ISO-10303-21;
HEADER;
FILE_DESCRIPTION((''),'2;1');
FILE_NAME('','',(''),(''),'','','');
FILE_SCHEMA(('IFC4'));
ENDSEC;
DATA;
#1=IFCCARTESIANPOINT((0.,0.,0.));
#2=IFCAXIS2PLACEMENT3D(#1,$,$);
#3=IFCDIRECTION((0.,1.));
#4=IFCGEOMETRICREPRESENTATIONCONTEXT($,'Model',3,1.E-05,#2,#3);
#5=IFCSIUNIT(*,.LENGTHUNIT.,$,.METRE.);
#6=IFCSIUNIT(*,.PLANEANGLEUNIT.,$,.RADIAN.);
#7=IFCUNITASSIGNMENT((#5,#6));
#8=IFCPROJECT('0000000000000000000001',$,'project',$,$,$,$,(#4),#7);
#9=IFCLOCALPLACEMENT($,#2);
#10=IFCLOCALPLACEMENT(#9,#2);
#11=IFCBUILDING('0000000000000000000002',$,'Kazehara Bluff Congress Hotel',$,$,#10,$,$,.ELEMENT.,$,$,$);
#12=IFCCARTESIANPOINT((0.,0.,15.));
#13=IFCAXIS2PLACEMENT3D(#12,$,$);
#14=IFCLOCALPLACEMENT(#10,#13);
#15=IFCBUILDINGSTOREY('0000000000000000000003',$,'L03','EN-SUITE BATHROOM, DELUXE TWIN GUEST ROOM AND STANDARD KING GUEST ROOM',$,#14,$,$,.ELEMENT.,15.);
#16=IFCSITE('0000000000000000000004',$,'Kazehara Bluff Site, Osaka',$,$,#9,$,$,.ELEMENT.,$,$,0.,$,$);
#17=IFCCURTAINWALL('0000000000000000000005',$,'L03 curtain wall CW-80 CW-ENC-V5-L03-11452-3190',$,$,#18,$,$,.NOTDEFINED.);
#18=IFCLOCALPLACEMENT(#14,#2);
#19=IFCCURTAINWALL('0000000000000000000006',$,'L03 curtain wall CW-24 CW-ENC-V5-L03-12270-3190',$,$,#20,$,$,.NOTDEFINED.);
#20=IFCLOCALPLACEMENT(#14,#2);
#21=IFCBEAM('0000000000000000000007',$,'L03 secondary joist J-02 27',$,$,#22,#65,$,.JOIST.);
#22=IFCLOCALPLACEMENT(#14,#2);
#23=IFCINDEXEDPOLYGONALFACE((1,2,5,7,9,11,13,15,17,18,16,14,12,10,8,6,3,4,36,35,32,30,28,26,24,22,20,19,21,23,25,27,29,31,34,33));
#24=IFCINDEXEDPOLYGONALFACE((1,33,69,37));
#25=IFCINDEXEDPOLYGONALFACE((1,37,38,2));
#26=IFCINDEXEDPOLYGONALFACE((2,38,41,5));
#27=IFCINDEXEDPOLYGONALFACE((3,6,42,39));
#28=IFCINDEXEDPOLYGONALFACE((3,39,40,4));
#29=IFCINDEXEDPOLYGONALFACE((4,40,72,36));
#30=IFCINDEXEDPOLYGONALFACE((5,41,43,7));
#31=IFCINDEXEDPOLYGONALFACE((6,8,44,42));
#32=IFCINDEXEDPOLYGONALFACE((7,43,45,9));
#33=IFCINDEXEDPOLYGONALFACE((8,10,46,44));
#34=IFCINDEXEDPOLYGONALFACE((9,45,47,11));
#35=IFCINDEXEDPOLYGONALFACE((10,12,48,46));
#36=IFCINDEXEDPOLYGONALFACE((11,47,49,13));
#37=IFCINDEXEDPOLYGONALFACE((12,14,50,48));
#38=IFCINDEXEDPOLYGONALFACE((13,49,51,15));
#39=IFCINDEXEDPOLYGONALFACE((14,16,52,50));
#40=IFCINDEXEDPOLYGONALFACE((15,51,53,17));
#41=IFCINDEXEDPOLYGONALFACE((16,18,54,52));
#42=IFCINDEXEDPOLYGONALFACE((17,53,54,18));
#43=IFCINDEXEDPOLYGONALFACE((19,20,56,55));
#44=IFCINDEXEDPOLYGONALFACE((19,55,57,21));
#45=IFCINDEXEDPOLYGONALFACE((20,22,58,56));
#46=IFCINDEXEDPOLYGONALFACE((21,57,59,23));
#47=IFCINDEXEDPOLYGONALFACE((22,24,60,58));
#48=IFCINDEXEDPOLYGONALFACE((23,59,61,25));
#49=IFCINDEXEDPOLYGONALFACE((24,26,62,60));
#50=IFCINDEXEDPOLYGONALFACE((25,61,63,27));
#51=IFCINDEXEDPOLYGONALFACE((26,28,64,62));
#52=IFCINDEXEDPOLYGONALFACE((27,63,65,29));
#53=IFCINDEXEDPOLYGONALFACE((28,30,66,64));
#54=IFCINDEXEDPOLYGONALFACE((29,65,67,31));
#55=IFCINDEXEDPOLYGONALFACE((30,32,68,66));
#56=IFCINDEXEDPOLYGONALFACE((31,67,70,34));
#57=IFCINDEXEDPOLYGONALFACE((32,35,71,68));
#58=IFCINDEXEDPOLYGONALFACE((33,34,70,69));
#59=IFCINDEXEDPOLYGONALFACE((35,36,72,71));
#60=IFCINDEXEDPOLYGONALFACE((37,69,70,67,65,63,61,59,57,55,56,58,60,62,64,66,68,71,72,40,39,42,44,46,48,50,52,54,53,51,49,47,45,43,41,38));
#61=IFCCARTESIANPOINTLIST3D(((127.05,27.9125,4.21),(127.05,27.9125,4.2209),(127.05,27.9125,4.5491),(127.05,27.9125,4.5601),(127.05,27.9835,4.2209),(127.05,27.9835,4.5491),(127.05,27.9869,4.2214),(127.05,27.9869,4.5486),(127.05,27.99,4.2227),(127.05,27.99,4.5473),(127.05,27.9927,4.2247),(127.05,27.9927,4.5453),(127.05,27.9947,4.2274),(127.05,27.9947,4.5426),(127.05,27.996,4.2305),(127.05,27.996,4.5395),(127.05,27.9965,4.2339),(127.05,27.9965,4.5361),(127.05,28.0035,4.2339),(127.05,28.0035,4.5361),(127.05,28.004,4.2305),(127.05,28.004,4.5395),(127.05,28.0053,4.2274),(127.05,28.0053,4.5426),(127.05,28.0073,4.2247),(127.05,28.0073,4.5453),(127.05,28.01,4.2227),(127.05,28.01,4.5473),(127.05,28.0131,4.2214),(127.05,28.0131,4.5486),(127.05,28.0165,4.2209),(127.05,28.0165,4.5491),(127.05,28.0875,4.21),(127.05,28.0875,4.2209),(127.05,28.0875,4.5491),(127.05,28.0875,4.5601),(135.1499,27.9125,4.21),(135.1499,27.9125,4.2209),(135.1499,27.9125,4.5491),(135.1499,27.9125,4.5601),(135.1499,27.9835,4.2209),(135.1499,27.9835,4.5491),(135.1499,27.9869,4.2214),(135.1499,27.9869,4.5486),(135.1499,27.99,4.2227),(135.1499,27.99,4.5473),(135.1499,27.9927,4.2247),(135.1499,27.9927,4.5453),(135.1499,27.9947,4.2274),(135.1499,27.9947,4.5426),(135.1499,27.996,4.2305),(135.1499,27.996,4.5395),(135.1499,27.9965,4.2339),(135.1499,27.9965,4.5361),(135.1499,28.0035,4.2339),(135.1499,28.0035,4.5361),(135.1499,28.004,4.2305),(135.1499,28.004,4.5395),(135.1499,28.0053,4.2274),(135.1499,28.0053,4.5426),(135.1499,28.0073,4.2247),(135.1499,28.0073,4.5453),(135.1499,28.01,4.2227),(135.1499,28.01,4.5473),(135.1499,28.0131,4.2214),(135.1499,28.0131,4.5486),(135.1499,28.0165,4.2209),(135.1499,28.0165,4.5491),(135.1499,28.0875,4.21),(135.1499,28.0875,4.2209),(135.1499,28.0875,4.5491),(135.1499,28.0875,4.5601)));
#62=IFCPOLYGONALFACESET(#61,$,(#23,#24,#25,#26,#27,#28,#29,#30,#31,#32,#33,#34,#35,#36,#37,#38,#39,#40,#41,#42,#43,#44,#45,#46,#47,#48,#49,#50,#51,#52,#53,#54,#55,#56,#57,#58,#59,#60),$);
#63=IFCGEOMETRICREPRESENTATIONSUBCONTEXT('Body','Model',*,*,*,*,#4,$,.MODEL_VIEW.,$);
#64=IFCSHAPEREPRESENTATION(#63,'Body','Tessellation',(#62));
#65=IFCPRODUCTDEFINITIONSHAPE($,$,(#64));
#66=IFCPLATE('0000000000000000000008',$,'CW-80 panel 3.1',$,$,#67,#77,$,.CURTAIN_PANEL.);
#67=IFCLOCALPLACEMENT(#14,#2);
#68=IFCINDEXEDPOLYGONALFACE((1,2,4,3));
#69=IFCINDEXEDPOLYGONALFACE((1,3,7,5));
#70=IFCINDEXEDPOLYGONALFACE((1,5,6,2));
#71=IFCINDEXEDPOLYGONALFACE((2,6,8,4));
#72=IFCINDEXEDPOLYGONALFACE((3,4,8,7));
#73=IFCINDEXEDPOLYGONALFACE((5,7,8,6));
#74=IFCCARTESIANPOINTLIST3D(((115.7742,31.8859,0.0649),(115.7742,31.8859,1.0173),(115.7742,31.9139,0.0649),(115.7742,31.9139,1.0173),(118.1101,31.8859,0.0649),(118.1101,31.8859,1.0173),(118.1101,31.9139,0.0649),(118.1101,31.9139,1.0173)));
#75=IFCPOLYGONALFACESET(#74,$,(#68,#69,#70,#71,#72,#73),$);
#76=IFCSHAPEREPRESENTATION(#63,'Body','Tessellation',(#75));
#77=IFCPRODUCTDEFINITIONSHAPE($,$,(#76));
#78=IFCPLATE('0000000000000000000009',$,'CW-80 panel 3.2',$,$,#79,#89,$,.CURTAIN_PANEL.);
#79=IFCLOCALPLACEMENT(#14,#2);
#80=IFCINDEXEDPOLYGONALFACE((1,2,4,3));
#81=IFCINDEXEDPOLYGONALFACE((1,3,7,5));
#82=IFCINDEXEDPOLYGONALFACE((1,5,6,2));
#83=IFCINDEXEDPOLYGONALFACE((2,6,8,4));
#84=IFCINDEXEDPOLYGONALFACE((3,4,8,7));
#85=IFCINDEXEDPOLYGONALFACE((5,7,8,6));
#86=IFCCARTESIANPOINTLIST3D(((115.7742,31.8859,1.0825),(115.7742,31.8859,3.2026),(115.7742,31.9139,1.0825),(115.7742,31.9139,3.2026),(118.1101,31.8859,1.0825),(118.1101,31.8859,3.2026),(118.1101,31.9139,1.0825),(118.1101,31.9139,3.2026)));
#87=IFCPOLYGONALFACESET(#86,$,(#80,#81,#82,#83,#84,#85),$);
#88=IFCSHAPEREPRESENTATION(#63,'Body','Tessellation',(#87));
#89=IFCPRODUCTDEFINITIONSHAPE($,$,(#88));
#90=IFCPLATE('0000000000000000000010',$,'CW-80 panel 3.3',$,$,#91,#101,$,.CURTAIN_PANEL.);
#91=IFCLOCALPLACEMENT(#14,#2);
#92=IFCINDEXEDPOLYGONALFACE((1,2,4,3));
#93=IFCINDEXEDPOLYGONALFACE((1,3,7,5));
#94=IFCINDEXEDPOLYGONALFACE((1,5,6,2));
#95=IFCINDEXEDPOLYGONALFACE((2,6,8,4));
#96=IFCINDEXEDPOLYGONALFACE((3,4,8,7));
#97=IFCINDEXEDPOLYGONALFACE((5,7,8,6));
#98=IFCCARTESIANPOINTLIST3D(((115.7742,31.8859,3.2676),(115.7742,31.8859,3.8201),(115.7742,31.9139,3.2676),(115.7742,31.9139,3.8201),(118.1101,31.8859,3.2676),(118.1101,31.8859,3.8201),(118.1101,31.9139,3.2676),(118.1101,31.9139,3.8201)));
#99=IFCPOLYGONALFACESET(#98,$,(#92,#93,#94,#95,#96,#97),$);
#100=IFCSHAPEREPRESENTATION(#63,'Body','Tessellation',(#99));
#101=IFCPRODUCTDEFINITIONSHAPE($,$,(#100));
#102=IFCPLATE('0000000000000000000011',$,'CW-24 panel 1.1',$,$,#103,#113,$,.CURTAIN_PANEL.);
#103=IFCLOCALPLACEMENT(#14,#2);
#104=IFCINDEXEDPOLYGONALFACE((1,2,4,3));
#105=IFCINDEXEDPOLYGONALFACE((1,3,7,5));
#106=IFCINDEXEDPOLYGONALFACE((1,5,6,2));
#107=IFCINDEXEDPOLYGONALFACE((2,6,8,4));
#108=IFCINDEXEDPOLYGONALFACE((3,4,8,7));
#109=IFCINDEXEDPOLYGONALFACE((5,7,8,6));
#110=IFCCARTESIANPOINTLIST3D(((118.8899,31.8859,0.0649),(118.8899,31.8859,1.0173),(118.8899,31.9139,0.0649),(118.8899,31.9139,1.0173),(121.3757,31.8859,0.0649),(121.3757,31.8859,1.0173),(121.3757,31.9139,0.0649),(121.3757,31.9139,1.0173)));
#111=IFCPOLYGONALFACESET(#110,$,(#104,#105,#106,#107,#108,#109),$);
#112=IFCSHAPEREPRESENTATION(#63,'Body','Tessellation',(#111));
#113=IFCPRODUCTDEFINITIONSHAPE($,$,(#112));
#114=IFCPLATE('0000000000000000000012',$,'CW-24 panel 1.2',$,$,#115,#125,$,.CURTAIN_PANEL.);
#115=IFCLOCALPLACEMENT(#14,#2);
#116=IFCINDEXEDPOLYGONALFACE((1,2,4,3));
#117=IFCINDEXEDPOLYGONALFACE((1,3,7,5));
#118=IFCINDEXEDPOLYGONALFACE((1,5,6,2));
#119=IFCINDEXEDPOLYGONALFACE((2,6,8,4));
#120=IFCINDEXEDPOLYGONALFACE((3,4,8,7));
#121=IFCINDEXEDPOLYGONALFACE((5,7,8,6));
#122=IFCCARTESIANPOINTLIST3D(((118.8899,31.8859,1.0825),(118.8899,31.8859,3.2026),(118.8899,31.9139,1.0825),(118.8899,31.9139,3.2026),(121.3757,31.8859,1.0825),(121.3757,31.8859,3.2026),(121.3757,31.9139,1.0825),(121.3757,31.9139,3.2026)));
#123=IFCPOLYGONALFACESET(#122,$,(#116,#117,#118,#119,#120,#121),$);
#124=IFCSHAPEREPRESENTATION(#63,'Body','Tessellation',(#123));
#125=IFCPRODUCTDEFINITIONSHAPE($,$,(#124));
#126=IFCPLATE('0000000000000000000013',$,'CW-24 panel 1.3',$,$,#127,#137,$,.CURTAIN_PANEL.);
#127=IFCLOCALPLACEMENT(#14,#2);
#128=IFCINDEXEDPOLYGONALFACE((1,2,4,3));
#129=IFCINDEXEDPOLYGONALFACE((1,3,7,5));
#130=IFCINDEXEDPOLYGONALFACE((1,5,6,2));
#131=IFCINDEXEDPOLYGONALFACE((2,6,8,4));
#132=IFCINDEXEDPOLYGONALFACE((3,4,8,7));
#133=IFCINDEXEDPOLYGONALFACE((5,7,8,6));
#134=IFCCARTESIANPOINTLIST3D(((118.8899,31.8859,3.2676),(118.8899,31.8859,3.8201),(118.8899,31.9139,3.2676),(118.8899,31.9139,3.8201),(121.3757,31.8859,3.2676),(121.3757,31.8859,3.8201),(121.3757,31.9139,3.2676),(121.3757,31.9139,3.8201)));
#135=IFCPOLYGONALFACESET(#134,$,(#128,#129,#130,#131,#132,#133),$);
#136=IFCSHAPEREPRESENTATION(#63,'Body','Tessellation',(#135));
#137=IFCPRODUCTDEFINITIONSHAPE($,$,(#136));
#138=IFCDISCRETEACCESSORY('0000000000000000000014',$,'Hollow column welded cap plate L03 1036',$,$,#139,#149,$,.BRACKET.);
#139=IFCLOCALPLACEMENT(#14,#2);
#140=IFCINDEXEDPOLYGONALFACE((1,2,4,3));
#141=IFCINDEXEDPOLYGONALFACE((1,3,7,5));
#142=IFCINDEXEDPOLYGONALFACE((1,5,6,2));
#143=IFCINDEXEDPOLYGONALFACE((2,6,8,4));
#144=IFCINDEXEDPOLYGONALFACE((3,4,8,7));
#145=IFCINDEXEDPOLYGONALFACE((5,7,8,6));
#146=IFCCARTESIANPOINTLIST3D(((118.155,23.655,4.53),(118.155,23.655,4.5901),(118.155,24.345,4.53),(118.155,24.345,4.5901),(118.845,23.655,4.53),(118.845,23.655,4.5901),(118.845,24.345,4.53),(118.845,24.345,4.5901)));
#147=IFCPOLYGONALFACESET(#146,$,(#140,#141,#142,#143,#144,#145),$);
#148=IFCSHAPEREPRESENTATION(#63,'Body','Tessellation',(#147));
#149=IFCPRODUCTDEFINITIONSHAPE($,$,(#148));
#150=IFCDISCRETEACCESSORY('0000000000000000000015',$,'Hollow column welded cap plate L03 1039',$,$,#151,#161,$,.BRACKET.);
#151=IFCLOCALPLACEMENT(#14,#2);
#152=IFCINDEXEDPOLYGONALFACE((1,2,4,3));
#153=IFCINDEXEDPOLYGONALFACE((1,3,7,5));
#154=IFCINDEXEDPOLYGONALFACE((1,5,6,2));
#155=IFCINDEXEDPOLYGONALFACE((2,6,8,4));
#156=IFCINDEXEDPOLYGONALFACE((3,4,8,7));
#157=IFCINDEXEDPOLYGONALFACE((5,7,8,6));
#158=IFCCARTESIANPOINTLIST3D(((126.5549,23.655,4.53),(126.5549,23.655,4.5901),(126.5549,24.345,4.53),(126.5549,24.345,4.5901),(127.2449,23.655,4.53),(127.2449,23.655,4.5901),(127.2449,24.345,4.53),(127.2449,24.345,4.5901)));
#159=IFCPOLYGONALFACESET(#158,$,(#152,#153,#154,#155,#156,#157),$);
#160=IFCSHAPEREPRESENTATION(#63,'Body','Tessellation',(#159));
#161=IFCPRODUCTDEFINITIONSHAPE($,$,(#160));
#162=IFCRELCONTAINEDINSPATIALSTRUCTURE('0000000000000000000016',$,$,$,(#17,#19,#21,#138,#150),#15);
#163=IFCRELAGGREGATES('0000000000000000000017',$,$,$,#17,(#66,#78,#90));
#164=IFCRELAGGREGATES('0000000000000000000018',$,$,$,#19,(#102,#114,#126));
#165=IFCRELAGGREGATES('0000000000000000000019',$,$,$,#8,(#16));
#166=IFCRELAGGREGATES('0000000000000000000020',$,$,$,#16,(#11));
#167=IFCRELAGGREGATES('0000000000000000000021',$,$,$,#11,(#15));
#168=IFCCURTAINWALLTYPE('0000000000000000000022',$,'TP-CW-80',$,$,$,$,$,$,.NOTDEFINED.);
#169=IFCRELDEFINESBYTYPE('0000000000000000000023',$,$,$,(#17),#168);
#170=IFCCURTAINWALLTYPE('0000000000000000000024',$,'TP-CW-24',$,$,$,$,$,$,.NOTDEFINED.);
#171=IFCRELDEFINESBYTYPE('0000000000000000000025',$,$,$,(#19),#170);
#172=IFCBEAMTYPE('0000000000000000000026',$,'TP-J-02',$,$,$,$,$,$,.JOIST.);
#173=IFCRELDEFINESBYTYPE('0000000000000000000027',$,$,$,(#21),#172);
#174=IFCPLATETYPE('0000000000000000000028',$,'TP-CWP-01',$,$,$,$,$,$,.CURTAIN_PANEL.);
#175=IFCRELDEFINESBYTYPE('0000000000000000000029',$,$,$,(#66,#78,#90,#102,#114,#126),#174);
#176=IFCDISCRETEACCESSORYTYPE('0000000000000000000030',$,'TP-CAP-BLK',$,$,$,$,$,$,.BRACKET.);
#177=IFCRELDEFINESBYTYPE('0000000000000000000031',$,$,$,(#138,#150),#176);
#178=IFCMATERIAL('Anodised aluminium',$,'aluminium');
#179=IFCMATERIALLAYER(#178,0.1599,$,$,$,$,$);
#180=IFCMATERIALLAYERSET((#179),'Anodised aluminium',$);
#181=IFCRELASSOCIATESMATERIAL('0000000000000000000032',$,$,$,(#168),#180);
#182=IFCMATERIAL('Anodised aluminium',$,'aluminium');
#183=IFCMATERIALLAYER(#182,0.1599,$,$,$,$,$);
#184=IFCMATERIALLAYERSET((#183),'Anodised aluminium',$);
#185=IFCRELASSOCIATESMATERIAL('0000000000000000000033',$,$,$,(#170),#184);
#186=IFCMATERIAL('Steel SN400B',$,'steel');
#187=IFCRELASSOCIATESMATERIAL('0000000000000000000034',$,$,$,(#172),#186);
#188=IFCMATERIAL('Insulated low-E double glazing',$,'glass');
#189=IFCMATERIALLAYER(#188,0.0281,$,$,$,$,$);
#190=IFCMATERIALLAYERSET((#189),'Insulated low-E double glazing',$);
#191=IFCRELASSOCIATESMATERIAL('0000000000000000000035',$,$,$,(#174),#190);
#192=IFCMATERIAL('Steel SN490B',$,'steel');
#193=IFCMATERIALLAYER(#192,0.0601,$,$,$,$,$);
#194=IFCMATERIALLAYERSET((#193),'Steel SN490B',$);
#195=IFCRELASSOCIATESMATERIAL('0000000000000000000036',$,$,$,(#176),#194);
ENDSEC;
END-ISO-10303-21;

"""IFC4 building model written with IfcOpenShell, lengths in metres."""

from ifc_helpers import new_model, si_unit, direction, frame, origin, origin_2d, place, context, subcontext, project, spatial, rectangle, i_section, extrude, material, layer, layer_set, material_profile, profile_set, type_object, element, aggregate, save


model = new_model("IFC4")

# Units and contexts
model_context = context("Model", 3, precision=1e-05, world=origin(), true_north=direction((0.0, 1.0)))
body_context = subcontext(model_context, "Body", "Model", "MODEL_VIEW")
ifc_project = project(units=[si_unit("LENGTHUNIT", "METRE"), si_unit("PLANEANGLEUNIT", "RADIAN")], contexts=[model_context])

# Site, building, storey
site_placement = place(None, origin())
site = spatial("IfcSite", under=ifc_project, at=site_placement, Name="Kazehara Bluff Site, Osaka", CompositionType="ELEMENT", RefElevation=0.0)
building_placement = place(site_placement, origin())
building = spatial("IfcBuilding", under=site, at=building_placement, Name="Kazehara Bluff Congress Hotel", CompositionType="ELEMENT")
storey_placement = place(building_placement, frame((0.0, 0.0, 15.0)))
storey = spatial("IfcBuildingStorey", under=building, at=storey_placement, Name="L03", Description="EN-SUITE BATHROOM, DELUXE TWIN GUEST ROOM AND STANDARD KING GUEST ROOM", CompositionType="ELEMENT", Elevation=15.0)

# Curtain wall
ifc_material_1 = material(Name="Anodised aluminium", Category="aluminium")
ifc_layer_1 = layer(ifc_material_1, 0.1599)
ifc_layer_set_1 = layer_set([ifc_layer_1], Name="Anodised aluminium")
curtain_wall_type_1 = type_object("IfcCurtainWallType", Name="TP-CW-80", PredefinedType="NOTDEFINED", material=ifc_layer_set_1)
curtain_wall_1_placement = place(storey_placement, origin())
curtain_wall_1 = element("IfcCurtainWall", 1, at=curtain_wall_1_placement, inside=storey, type_object=curtain_wall_type_1, Name="L03 curtain wall CW-80 CW-ENC-V5-L03-11452-3190", PredefinedType="NOTDEFINED")

# Curtain wall
ifc_material_2 = material(Name="Anodised aluminium", Category="aluminium")
ifc_layer_2 = layer(ifc_material_2, 0.1599)
ifc_layer_set_2 = layer_set([ifc_layer_2], Name="Anodised aluminium")
curtain_wall_type_2 = type_object("IfcCurtainWallType", Name="TP-CW-24", PredefinedType="NOTDEFINED", material=ifc_layer_set_2)
curtain_wall_2_placement = place(storey_placement, origin())
curtain_wall_2 = element("IfcCurtainWall", 2, at=curtain_wall_2_placement, inside=storey, type_object=curtain_wall_type_2, Name="L03 curtain wall CW-24 CW-ENC-V5-L03-12270-3190", PredefinedType="NOTDEFINED")

# Beam
ifc_material_3 = material(Name="Steel SN400B", Category="steel")
ifc_material_profile_1 = material_profile(ifc_material_3, i_section(OverallWidth=0.175, OverallDepth=0.3501, WebThickness=0.0071, FlangeThickness=0.011, FilletRadius=0.0129, at=origin_2d()))
ifc_profile_set_1 = profile_set([ifc_material_profile_1], Name="Steel SN400B")
beam_type_1 = type_object("IfcBeamType", Name="TP-J-02", PredefinedType="JOIST", material=ifc_profile_set_1)
for number, where, z_axis, x_axis, name in (
    (3, (127.05, 28.0, 4.385), (1.0, 0.0, 0.0), (0.0, 1.0, 0.0), "L03 secondary joist J-02 27"),
):
    element("IfcBeam", number, at=place(storey_placement, frame(where, z_axis=z_axis, x_axis=x_axis)), inside=storey, type_object=beam_type_1, Name=name, PredefinedType="JOIST", context=body_context, shape_type="SweptSolid", body=[
        extrude(i_section(OverallWidth=0.175, OverallDepth=0.3501, WebThickness=0.0071, FlangeThickness=0.011, FilletRadius=0.0129, at=origin_2d()), origin(), (0.0, 0.0, 1.0), 8.0999),
    ])

# Plates
ifc_material_4 = material(Name="Insulated low-E double glazing", Category="glass")
ifc_layer_3 = layer(ifc_material_4, 0.0281)
ifc_layer_set_3 = layer_set([ifc_layer_3], Name="Insulated low-E double glazing")
plate_type = type_object("IfcPlateType", Name="TP-CWP-01", PredefinedType="CURTAIN_PANEL", material=ifc_layer_set_3)
plate_1_placement = place(storey_placement, frame((116.9421, 31.8999, 0.0649), z_axis=(0.0, 0.0, 1.0), x_axis=(1.0, 0.0, 0.0)))
plate_1 = element("IfcPlate", 4, at=plate_1_placement, type_object=plate_type, Name="CW-80 panel 3.1", PredefinedType="CURTAIN_PANEL", context=body_context, shape_type="SweptSolid", body=[
    extrude(rectangle(XDim=2.3359, YDim=0.0281, at=origin_2d()), origin(), (0.0, 0.0, 1.0), 0.9524),
])
plate_2_placement = place(storey_placement, frame((116.9421, 31.8999, 1.0825), z_axis=(0.0, 0.0, 1.0), x_axis=(1.0, 0.0, 0.0)))
plate_2 = element("IfcPlate", 5, at=plate_2_placement, type_object=plate_type, Name="CW-80 panel 3.2", PredefinedType="CURTAIN_PANEL", context=body_context, shape_type="SweptSolid", body=[
    extrude(rectangle(XDim=2.3359, YDim=0.0281, at=origin_2d()), origin(), (0.0, 0.0, 1.0), 2.1201),
])
plate_3_placement = place(storey_placement, frame((116.9421, 31.8999, 3.2676), z_axis=(0.0, 0.0, 1.0), x_axis=(1.0, 0.0, 0.0)))
plate_3 = element("IfcPlate", 6, at=plate_3_placement, type_object=plate_type, Name="CW-80 panel 3.3", PredefinedType="CURTAIN_PANEL", context=body_context, shape_type="SweptSolid", body=[
    extrude(rectangle(XDim=2.3359, YDim=0.0281, at=origin_2d()), origin(), (0.0, 0.0, 1.0), 0.5525),
])
aggregate(curtain_wall_1, [plate_1, plate_2, plate_3])
plate_4_placement = place(storey_placement, frame((120.1328, 31.8999, 0.0649), z_axis=(0.0, 0.0, 1.0), x_axis=(1.0, 0.0, 0.0)))
plate_4 = element("IfcPlate", 7, at=plate_4_placement, type_object=plate_type, Name="CW-24 panel 1.1", PredefinedType="CURTAIN_PANEL", context=body_context, shape_type="SweptSolid", body=[
    extrude(rectangle(XDim=2.4858, YDim=0.0281, at=origin_2d()), origin(), (0.0, 0.0, 1.0), 0.9524),
])
plate_5_placement = place(storey_placement, frame((120.1328, 31.8999, 1.0825), z_axis=(0.0, 0.0, 1.0), x_axis=(1.0, 0.0, 0.0)))
plate_5 = element("IfcPlate", 8, at=plate_5_placement, type_object=plate_type, Name="CW-24 panel 1.2", PredefinedType="CURTAIN_PANEL", context=body_context, shape_type="SweptSolid", body=[
    extrude(rectangle(XDim=2.4858, YDim=0.0281, at=origin_2d()), origin(), (0.0, 0.0, 1.0), 2.1201),
])
plate_6_placement = place(storey_placement, frame((120.1328, 31.8999, 3.2676), z_axis=(0.0, 0.0, 1.0), x_axis=(1.0, 0.0, 0.0)))
plate_6 = element("IfcPlate", 9, at=plate_6_placement, type_object=plate_type, Name="CW-24 panel 1.3", PredefinedType="CURTAIN_PANEL", context=body_context, shape_type="SweptSolid", body=[
    extrude(rectangle(XDim=2.4858, YDim=0.0281, at=origin_2d()), origin(), (0.0, 0.0, 1.0), 0.5525),
])
aggregate(curtain_wall_2, [plate_4, plate_5, plate_6])

# Discrete accessories
ifc_material_5 = material(Name="Steel SN490B", Category="steel")
ifc_layer_4 = layer(ifc_material_5, 0.0601)
ifc_layer_set_4 = layer_set([ifc_layer_4], Name="Steel SN490B")
discrete_accessory_type = type_object("IfcDiscreteAccessoryType", Name="TP-CAP-BLK", PredefinedType="BRACKET", material=ifc_layer_set_4)
for number, where, z_axis, x_axis, name in (
    (10, (118.5, 24.0, 4.53), (0.0, 0.0, 1.0), (1.0, 0.0, 0.0), "Hollow column welded cap plate L03 1036"),
    (11, (126.8999, 24.0, 4.53), (0.0, 0.0, 1.0), (1.0, 0.0, 0.0), "Hollow column welded cap plate L03 1039"),
):
    element("IfcDiscreteAccessory", number, at=place(storey_placement, frame(where, z_axis=z_axis, x_axis=x_axis)), inside=storey, type_object=discrete_accessory_type, Name=name, PredefinedType="BRACKET", context=body_context, shape_type="SweptSolid", body=[
        extrude(rectangle(XDim=0.6899, YDim=0.6899, at=origin_2d()), origin(), (0.0, 0.0, 1.0), 0.0601),
    ])

save(model, "model.ifc")
